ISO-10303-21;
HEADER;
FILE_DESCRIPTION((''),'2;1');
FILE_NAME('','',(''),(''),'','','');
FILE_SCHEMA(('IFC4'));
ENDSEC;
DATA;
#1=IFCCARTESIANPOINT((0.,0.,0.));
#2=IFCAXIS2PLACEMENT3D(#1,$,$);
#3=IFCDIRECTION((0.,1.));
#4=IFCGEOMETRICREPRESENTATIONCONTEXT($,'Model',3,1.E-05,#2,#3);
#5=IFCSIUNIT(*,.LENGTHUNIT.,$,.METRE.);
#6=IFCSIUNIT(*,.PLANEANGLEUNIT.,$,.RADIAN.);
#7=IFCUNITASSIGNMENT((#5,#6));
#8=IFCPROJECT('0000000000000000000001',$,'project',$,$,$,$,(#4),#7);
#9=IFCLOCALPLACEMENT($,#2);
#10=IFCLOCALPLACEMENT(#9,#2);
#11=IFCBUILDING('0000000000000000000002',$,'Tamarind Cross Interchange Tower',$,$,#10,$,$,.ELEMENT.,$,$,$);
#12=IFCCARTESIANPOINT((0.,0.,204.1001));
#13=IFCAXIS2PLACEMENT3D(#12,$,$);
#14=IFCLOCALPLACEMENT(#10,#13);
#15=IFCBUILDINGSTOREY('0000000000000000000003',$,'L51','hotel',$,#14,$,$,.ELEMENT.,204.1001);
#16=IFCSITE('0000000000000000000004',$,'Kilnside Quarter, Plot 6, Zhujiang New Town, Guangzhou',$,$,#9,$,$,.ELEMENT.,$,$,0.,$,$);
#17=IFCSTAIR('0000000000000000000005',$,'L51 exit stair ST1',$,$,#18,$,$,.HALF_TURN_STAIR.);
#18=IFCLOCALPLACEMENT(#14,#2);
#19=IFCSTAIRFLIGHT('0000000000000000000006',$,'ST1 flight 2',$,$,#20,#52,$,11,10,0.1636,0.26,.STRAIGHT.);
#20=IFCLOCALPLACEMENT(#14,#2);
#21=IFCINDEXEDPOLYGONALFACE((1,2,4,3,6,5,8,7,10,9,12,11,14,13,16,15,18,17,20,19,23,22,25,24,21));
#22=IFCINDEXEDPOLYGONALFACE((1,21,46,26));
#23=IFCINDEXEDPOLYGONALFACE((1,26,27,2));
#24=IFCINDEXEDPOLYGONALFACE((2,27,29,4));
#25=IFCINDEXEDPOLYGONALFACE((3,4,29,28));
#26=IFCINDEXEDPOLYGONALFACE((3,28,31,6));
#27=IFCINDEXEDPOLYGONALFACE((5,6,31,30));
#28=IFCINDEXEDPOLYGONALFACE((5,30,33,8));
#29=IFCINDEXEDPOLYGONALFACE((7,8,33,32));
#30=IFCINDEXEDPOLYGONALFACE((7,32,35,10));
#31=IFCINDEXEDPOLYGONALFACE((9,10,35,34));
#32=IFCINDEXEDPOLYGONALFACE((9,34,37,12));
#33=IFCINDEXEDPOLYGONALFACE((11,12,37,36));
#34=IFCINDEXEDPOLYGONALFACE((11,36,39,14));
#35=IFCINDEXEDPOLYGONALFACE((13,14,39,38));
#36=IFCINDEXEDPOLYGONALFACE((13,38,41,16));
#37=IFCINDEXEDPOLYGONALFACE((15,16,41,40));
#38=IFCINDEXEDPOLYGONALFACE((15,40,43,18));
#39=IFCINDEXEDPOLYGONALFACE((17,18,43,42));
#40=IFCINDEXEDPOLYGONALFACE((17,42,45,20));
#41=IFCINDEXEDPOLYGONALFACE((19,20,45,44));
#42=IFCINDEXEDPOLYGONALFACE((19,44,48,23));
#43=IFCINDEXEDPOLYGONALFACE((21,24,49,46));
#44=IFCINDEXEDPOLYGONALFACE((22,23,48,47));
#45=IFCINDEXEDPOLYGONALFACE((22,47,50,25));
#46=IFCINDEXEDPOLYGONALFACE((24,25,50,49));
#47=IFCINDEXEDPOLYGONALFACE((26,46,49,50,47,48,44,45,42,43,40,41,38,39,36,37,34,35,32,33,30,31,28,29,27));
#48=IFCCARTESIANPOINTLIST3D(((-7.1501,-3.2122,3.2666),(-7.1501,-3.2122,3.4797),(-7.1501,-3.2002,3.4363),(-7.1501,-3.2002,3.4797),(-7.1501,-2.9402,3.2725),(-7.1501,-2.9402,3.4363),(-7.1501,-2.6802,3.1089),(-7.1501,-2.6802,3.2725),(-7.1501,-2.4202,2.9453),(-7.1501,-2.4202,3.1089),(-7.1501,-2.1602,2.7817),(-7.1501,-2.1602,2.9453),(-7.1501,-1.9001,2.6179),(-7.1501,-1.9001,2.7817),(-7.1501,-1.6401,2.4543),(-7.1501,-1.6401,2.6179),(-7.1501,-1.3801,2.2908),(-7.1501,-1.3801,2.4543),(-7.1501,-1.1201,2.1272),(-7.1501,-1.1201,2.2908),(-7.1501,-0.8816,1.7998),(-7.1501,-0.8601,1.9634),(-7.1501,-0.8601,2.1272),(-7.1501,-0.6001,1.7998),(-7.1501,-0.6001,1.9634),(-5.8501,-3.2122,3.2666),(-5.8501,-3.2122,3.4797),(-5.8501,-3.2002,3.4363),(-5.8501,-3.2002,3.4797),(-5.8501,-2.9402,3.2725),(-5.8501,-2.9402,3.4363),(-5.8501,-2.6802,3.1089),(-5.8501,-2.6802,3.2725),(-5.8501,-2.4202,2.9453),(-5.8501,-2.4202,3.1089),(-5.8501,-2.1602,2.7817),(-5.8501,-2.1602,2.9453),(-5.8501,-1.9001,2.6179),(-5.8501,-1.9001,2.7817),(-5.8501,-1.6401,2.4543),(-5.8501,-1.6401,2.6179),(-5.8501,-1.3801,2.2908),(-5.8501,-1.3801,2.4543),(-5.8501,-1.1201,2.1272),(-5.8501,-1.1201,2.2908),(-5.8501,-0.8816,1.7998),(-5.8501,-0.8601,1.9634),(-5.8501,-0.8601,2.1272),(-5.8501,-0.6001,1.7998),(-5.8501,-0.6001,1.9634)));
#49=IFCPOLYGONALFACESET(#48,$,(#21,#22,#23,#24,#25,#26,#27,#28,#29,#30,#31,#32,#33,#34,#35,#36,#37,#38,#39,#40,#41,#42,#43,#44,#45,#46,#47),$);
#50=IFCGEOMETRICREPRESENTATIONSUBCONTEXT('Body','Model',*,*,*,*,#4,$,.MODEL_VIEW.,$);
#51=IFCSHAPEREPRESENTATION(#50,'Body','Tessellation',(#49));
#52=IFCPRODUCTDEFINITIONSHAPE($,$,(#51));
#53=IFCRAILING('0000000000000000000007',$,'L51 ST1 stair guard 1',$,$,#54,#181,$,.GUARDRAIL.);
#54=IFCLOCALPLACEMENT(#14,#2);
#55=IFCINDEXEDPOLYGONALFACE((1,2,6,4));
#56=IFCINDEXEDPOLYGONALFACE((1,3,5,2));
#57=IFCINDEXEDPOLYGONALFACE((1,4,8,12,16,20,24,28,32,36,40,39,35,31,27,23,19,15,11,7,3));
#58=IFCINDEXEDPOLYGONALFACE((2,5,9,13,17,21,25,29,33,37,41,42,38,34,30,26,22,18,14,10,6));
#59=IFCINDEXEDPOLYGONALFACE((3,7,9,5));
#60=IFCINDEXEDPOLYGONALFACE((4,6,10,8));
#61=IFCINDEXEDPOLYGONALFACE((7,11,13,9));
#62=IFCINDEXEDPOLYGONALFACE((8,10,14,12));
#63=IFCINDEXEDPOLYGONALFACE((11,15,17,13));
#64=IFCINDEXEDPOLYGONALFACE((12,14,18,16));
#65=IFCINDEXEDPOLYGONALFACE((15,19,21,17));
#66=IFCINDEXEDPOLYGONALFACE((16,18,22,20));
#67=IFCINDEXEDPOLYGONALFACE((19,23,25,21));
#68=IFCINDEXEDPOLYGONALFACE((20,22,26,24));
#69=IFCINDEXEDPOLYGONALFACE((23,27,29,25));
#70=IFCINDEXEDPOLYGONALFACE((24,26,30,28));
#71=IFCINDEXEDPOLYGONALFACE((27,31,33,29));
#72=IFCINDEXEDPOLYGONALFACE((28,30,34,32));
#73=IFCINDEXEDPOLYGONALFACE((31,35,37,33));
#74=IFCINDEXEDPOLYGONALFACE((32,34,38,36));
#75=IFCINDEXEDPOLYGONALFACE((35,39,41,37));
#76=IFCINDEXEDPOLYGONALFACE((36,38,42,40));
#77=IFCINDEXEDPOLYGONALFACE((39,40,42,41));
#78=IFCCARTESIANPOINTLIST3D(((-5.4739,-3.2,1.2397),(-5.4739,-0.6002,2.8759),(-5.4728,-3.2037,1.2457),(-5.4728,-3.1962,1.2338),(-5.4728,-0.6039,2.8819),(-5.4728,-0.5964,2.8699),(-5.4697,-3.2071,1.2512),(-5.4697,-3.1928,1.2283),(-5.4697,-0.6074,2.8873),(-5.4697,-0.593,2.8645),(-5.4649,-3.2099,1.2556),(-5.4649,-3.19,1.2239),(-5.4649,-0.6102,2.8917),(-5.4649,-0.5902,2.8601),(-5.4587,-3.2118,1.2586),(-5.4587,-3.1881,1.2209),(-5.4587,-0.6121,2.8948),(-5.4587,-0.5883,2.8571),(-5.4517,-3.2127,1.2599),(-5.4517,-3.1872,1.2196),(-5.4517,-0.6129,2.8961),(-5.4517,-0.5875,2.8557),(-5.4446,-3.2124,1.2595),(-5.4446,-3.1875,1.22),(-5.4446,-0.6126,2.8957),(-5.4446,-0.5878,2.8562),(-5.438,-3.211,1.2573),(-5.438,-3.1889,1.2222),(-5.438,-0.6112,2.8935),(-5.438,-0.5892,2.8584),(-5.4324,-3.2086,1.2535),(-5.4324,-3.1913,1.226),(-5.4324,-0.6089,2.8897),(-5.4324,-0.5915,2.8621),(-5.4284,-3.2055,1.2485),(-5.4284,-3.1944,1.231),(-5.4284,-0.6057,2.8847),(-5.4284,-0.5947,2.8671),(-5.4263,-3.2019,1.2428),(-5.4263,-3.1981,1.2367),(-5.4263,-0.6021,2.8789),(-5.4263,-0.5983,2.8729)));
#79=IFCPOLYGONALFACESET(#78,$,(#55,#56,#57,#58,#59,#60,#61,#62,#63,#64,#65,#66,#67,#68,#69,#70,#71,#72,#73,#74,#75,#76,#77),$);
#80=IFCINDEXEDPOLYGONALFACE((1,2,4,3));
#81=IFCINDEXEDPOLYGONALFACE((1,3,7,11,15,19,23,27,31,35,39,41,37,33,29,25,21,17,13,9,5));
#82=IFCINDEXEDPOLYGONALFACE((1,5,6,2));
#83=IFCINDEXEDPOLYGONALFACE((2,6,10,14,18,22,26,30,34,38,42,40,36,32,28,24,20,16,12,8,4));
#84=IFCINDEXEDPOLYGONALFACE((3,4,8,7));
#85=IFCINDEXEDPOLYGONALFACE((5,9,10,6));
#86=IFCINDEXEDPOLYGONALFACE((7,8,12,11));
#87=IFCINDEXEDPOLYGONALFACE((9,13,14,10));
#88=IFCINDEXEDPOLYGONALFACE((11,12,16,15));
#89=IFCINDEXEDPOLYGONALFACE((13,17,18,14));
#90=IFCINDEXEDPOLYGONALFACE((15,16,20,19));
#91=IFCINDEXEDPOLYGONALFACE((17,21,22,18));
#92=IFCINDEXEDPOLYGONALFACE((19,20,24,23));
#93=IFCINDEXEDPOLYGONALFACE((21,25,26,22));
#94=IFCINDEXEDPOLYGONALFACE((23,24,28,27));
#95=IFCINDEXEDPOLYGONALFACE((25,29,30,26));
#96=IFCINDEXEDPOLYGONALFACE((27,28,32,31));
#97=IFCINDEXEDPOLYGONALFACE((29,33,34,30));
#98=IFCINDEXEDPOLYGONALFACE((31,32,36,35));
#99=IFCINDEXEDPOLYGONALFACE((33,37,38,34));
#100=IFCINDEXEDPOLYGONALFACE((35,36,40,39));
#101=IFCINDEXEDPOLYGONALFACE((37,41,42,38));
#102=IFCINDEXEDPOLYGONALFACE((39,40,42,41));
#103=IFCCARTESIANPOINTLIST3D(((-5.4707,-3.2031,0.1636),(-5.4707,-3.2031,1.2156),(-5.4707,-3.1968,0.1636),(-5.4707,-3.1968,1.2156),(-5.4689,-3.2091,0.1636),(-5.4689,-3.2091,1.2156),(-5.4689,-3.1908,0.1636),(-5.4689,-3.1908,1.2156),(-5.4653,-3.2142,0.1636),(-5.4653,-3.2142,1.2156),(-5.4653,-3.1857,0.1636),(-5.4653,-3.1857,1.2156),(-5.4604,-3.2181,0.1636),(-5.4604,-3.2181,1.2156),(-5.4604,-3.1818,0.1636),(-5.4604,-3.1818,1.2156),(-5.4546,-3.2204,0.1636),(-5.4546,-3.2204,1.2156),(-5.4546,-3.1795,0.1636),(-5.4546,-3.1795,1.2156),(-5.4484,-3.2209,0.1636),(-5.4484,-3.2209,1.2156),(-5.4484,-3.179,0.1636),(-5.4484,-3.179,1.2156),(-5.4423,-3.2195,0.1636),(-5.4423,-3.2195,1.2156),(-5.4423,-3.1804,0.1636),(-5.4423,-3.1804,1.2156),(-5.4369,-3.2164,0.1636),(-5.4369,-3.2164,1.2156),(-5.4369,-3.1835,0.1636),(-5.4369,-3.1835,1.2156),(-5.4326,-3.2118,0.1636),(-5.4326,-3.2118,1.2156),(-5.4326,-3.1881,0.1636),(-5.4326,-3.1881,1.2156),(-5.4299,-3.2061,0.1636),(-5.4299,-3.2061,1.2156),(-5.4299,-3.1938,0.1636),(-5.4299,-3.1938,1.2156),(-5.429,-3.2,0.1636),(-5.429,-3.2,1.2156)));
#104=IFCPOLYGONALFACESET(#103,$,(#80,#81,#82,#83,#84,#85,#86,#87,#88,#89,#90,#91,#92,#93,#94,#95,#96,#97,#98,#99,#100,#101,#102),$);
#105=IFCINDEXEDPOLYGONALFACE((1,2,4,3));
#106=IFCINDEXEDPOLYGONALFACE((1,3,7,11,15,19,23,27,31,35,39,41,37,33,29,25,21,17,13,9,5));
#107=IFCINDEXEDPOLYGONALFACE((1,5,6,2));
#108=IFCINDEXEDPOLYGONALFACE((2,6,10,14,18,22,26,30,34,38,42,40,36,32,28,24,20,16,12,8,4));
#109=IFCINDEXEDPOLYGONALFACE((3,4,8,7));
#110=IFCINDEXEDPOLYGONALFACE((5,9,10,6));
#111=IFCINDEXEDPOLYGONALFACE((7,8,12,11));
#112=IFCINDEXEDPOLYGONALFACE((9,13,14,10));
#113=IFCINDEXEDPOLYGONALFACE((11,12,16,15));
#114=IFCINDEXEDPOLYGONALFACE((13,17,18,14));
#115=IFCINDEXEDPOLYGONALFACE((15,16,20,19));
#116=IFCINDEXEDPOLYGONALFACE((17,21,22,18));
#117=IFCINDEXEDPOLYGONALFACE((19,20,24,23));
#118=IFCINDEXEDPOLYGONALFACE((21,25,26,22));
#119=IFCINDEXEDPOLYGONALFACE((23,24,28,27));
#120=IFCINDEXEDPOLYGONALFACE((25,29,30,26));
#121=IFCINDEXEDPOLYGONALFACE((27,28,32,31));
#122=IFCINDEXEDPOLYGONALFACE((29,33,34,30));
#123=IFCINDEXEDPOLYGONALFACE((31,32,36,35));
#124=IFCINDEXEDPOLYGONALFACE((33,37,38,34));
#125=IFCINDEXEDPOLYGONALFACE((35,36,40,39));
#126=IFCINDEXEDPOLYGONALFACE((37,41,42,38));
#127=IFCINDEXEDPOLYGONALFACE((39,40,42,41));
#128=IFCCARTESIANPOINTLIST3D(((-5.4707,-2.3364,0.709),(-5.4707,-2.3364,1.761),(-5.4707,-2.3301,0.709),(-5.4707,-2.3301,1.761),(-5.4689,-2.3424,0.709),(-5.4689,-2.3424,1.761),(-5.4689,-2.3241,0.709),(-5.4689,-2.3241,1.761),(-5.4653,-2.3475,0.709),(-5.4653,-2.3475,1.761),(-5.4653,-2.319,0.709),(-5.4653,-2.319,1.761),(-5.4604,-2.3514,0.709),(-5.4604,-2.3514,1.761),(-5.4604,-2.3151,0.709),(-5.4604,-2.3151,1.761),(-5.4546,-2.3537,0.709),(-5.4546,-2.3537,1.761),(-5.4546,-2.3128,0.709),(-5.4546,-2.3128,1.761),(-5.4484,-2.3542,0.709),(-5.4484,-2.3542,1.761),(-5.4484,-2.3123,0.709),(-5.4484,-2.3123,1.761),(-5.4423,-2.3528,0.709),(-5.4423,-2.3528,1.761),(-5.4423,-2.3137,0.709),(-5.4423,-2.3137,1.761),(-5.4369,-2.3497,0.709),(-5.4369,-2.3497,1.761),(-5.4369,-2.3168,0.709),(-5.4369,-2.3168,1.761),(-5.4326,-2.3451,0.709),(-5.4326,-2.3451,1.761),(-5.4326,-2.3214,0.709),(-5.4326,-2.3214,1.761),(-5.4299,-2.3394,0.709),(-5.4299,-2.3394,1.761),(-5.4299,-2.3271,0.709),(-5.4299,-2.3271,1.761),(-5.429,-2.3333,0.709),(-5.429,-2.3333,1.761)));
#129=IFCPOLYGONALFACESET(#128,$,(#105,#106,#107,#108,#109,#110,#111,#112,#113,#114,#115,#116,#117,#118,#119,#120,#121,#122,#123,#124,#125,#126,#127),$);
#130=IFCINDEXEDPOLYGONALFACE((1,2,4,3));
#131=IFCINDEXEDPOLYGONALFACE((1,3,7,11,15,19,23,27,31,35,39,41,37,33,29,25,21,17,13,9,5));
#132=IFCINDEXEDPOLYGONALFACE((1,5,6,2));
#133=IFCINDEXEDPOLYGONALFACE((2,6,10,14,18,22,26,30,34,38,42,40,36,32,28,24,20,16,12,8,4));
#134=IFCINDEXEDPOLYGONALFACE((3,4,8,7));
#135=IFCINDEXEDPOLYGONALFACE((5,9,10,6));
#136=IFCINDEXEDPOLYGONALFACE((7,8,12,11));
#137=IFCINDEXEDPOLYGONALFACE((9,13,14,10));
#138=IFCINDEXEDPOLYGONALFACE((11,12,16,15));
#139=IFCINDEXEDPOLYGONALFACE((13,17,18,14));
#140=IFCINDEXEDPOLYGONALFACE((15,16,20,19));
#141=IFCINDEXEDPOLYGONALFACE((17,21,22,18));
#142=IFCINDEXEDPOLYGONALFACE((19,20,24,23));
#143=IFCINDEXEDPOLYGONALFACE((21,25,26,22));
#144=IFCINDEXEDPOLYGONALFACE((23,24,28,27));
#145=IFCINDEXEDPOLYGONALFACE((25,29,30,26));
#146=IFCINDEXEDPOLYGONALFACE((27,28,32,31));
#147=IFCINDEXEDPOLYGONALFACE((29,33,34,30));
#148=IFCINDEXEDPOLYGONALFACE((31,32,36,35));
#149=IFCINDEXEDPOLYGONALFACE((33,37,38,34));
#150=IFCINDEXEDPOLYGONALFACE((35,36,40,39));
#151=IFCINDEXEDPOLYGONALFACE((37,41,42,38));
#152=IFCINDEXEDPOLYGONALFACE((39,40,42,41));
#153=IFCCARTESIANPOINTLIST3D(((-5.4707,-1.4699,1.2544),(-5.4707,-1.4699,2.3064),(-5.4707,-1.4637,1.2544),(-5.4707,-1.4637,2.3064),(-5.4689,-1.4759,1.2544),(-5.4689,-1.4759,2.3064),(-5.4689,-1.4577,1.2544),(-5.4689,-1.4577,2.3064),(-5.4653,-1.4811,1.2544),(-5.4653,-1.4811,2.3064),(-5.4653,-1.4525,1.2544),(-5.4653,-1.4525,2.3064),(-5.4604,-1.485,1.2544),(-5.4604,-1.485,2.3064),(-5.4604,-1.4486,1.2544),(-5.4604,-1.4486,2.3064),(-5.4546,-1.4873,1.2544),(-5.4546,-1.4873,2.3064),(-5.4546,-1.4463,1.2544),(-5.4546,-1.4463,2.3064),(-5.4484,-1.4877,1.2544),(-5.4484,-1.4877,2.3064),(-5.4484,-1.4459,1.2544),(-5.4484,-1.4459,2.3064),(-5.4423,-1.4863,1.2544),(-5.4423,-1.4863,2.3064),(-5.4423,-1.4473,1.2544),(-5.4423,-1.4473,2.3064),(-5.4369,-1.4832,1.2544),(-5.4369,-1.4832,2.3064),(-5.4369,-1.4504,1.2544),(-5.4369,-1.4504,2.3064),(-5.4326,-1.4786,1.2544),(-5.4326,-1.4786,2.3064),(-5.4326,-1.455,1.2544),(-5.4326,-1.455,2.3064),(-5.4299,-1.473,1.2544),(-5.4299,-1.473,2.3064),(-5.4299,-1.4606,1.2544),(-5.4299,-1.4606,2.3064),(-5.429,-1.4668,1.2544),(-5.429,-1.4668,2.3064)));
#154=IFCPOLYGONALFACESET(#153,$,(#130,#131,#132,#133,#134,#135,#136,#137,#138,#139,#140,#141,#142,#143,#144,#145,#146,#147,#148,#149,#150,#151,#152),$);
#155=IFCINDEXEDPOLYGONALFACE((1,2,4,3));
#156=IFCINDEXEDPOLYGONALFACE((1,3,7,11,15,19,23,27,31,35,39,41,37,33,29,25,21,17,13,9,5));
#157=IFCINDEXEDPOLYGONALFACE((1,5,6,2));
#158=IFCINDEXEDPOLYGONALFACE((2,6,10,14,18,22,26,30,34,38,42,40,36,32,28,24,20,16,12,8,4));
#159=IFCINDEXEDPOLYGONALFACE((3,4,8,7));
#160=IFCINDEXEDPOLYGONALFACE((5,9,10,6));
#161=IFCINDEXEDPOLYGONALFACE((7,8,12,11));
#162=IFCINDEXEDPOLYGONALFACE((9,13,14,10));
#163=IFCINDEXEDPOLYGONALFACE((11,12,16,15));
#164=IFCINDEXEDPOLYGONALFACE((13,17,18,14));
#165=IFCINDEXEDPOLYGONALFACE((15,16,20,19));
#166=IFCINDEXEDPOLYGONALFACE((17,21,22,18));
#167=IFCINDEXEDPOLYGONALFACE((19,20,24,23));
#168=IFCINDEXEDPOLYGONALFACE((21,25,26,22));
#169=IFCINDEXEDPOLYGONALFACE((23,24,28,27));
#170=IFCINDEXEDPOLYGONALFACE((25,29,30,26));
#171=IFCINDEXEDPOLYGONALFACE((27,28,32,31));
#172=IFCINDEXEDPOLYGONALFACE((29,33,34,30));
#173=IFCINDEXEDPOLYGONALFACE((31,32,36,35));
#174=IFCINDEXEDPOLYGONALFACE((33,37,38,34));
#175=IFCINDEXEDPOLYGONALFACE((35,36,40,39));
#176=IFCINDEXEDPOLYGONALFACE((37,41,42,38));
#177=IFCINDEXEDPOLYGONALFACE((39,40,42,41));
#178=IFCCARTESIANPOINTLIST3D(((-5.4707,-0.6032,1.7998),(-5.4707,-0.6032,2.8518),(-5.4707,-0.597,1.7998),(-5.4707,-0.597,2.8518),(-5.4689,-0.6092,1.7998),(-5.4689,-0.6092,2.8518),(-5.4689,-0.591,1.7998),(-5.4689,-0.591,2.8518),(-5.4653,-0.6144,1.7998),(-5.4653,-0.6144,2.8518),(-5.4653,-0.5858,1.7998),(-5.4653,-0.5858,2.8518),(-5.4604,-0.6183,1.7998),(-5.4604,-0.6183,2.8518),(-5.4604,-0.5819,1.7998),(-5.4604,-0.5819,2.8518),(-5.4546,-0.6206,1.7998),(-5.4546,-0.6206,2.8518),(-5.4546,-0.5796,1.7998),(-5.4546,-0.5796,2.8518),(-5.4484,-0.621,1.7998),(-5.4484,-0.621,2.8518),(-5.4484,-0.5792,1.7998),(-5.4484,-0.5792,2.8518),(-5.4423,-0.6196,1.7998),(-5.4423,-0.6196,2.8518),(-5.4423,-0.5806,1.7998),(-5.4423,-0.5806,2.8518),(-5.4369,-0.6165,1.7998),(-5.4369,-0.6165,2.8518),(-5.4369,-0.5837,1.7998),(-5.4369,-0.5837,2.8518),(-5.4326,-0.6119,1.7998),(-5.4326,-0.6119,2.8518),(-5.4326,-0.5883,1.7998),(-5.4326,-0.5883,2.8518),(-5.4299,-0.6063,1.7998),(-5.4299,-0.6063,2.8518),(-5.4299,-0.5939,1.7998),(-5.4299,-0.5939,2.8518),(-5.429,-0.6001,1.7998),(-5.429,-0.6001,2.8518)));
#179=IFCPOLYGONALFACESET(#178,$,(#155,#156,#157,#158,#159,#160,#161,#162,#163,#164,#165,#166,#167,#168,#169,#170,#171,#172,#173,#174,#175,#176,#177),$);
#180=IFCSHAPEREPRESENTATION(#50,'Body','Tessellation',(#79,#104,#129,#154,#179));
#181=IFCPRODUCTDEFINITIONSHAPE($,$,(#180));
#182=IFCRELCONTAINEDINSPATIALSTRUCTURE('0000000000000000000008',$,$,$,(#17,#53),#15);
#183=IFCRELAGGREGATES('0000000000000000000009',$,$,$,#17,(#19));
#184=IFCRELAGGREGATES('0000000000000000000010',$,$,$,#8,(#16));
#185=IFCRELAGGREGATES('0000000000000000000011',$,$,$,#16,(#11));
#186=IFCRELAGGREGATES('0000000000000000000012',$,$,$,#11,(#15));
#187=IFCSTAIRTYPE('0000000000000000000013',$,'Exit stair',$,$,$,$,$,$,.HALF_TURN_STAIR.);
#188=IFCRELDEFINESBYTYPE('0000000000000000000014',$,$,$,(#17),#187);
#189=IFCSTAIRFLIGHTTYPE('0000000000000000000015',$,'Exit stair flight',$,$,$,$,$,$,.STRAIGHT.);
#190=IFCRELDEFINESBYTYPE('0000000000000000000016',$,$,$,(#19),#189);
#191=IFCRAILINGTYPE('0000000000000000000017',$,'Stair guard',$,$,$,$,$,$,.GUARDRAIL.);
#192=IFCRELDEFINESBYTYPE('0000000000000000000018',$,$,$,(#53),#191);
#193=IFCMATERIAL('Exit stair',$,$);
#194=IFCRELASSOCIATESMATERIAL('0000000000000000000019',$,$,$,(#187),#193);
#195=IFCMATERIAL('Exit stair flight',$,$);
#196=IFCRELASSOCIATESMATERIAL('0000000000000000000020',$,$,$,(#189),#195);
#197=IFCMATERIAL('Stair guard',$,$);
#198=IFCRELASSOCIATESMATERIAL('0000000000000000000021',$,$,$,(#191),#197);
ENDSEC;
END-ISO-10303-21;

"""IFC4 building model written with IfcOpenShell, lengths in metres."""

from ifc_helpers import new_model, si_unit, direction, frame, origin, origin_2d, place, context, subcontext, project, spatial, polyline, circle, outline, extrude, material, type_object, element, aggregate, save


model = new_model("IFC4")

# Units and contexts
model_context = context("Model", 3, precision=1e-05, world=origin(), true_north=direction((0.0, 1.0)))
body_context = subcontext(model_context, "Body", "Model", "MODEL_VIEW")
ifc_project = project(units=[si_unit("LENGTHUNIT", "METRE"), si_unit("PLANEANGLEUNIT", "RADIAN")], contexts=[model_context])

# Site, building, storey
site_placement = place(None, origin())
site = spatial("IfcSite", under=ifc_project, at=site_placement, Name="Kilnside Quarter, Plot 6, Zhujiang New Town, Guangzhou", CompositionType="ELEMENT", RefElevation=0.0)
building_placement = place(site_placement, origin())
building = spatial("IfcBuilding", under=site, at=building_placement, Name="Tamarind Cross Interchange Tower", CompositionType="ELEMENT")
storey_placement = place(building_placement, frame((0.0, 0.0, 204.1001)))
storey = spatial("IfcBuildingStorey", under=building, at=storey_placement, Name="L51", Description="hotel", CompositionType="ELEMENT", Elevation=204.1001)

# Stair, stair flight
ifc_material_1 = material(Name="Exit stair")
stair_type = type_object("IfcStairType", Name="Exit stair", PredefinedType="HALF_TURN_STAIR", material=ifc_material_1)
stair_placement = place(storey_placement, origin())
stair = element("IfcStair", 1, at=stair_placement, inside=storey, type_object=stair_type, Name="L51 exit stair ST1", PredefinedType="HALF_TURN_STAIR")
ifc_material_2 = material(Name="Exit stair flight")
stair_flight_type = type_object("IfcStairFlightType", Name="Exit stair flight", PredefinedType="STRAIGHT", material=ifc_material_2)
stair_flight_1_placement = place(storey_placement, frame((-6.5, -0.6001, 1.7998), z_axis=(0.0, 0.0, 1.0), x_axis=(0.0, -1.0, 0.0)))
stair_flight_1 = element("IfcStairFlight", 2, at=stair_flight_1_placement, type_object=stair_flight_type, Name="ST1 flight 2", NumberOfRisers=11, NumberOfTreads=10, PredefinedType="STRAIGHT", RiserHeight=0.1636, TreadLength=0.26, context=body_context, shape_type="SweptSolid", body=[
    extrude(outline(polyline([(0.0, 0.0), (0.0, 0.1636), (0.26, 0.1636), (0.26, 0.3274), (0.52, 0.3274), (0.52, 0.491), (0.78, 0.491), (0.78, 0.6545), (1.04, 0.6545), (1.04, 0.8181), (1.3, 0.8181), (1.3, 0.9819), (1.5601, 0.9819), (1.5601, 1.1455), (1.8201, 1.1455), (1.8201, 1.3091), (2.0801, 1.3091), (2.0801, 1.4727), (2.3401, 1.4727), (2.3401, 1.6365), (2.6001, 1.6365), (2.6001, 1.6799), (2.6121, 1.6799), (2.6121, 1.4668), (0.2815, 0.0), (0.0, 0.0)])), frame((0.0, 0.6499, 0.0), z_axis=(0.0, -1.0, 0.0), x_axis=(1.0, 0.0, 0.0)), (0.0, 0.0, 1.0), 1.3),
])
aggregate(stair, [stair_flight_1])

# Railing
ifc_material_3 = material(Name="Stair guard")
railing_type_1 = type_object("IfcRailingType", Name="Stair guard", PredefinedType="GUARDRAIL", material=ifc_material_3)
railing_1_placement = place(storey_placement, frame((-5.45, -3.2, 0.1636)))
element("IfcRailing", 3, at=railing_1_placement, inside=storey, type_object=railing_type_1, Name="L51 ST1 stair guard 1", PredefinedType="GUARDRAIL", context=body_context, shape_type="SweptSolid", body=[
    extrude(circle(Radius=0.0239, at=origin_2d()), frame((0.0, 0.0, 1.0762), z_axis=(0.0, 0.846338, 0.532647), x_axis=(-1.0, 0.0, 0.0)), (0.0, 0.0, 1.0), 3.0718),
    extrude(circle(Radius=0.021, at=origin_2d()), origin(), (0.0, 0.0, 1.0), 1.052),
    extrude(circle(Radius=0.021, at=origin_2d()), frame((0.0, 0.8667, 0.5454)), (0.0, 0.0, 1.0), 1.052),
    extrude(circle(Radius=0.021, at=origin_2d()), frame((0.0, 1.7332, 1.0908)), (0.0, 0.0, 1.0), 1.052),
    extrude(circle(Radius=0.021, at=origin_2d()), frame((0.0, 2.5999, 1.6362)), (0.0, 0.0, 1.0), 1.052),
])

save(model, "model.ifc")
